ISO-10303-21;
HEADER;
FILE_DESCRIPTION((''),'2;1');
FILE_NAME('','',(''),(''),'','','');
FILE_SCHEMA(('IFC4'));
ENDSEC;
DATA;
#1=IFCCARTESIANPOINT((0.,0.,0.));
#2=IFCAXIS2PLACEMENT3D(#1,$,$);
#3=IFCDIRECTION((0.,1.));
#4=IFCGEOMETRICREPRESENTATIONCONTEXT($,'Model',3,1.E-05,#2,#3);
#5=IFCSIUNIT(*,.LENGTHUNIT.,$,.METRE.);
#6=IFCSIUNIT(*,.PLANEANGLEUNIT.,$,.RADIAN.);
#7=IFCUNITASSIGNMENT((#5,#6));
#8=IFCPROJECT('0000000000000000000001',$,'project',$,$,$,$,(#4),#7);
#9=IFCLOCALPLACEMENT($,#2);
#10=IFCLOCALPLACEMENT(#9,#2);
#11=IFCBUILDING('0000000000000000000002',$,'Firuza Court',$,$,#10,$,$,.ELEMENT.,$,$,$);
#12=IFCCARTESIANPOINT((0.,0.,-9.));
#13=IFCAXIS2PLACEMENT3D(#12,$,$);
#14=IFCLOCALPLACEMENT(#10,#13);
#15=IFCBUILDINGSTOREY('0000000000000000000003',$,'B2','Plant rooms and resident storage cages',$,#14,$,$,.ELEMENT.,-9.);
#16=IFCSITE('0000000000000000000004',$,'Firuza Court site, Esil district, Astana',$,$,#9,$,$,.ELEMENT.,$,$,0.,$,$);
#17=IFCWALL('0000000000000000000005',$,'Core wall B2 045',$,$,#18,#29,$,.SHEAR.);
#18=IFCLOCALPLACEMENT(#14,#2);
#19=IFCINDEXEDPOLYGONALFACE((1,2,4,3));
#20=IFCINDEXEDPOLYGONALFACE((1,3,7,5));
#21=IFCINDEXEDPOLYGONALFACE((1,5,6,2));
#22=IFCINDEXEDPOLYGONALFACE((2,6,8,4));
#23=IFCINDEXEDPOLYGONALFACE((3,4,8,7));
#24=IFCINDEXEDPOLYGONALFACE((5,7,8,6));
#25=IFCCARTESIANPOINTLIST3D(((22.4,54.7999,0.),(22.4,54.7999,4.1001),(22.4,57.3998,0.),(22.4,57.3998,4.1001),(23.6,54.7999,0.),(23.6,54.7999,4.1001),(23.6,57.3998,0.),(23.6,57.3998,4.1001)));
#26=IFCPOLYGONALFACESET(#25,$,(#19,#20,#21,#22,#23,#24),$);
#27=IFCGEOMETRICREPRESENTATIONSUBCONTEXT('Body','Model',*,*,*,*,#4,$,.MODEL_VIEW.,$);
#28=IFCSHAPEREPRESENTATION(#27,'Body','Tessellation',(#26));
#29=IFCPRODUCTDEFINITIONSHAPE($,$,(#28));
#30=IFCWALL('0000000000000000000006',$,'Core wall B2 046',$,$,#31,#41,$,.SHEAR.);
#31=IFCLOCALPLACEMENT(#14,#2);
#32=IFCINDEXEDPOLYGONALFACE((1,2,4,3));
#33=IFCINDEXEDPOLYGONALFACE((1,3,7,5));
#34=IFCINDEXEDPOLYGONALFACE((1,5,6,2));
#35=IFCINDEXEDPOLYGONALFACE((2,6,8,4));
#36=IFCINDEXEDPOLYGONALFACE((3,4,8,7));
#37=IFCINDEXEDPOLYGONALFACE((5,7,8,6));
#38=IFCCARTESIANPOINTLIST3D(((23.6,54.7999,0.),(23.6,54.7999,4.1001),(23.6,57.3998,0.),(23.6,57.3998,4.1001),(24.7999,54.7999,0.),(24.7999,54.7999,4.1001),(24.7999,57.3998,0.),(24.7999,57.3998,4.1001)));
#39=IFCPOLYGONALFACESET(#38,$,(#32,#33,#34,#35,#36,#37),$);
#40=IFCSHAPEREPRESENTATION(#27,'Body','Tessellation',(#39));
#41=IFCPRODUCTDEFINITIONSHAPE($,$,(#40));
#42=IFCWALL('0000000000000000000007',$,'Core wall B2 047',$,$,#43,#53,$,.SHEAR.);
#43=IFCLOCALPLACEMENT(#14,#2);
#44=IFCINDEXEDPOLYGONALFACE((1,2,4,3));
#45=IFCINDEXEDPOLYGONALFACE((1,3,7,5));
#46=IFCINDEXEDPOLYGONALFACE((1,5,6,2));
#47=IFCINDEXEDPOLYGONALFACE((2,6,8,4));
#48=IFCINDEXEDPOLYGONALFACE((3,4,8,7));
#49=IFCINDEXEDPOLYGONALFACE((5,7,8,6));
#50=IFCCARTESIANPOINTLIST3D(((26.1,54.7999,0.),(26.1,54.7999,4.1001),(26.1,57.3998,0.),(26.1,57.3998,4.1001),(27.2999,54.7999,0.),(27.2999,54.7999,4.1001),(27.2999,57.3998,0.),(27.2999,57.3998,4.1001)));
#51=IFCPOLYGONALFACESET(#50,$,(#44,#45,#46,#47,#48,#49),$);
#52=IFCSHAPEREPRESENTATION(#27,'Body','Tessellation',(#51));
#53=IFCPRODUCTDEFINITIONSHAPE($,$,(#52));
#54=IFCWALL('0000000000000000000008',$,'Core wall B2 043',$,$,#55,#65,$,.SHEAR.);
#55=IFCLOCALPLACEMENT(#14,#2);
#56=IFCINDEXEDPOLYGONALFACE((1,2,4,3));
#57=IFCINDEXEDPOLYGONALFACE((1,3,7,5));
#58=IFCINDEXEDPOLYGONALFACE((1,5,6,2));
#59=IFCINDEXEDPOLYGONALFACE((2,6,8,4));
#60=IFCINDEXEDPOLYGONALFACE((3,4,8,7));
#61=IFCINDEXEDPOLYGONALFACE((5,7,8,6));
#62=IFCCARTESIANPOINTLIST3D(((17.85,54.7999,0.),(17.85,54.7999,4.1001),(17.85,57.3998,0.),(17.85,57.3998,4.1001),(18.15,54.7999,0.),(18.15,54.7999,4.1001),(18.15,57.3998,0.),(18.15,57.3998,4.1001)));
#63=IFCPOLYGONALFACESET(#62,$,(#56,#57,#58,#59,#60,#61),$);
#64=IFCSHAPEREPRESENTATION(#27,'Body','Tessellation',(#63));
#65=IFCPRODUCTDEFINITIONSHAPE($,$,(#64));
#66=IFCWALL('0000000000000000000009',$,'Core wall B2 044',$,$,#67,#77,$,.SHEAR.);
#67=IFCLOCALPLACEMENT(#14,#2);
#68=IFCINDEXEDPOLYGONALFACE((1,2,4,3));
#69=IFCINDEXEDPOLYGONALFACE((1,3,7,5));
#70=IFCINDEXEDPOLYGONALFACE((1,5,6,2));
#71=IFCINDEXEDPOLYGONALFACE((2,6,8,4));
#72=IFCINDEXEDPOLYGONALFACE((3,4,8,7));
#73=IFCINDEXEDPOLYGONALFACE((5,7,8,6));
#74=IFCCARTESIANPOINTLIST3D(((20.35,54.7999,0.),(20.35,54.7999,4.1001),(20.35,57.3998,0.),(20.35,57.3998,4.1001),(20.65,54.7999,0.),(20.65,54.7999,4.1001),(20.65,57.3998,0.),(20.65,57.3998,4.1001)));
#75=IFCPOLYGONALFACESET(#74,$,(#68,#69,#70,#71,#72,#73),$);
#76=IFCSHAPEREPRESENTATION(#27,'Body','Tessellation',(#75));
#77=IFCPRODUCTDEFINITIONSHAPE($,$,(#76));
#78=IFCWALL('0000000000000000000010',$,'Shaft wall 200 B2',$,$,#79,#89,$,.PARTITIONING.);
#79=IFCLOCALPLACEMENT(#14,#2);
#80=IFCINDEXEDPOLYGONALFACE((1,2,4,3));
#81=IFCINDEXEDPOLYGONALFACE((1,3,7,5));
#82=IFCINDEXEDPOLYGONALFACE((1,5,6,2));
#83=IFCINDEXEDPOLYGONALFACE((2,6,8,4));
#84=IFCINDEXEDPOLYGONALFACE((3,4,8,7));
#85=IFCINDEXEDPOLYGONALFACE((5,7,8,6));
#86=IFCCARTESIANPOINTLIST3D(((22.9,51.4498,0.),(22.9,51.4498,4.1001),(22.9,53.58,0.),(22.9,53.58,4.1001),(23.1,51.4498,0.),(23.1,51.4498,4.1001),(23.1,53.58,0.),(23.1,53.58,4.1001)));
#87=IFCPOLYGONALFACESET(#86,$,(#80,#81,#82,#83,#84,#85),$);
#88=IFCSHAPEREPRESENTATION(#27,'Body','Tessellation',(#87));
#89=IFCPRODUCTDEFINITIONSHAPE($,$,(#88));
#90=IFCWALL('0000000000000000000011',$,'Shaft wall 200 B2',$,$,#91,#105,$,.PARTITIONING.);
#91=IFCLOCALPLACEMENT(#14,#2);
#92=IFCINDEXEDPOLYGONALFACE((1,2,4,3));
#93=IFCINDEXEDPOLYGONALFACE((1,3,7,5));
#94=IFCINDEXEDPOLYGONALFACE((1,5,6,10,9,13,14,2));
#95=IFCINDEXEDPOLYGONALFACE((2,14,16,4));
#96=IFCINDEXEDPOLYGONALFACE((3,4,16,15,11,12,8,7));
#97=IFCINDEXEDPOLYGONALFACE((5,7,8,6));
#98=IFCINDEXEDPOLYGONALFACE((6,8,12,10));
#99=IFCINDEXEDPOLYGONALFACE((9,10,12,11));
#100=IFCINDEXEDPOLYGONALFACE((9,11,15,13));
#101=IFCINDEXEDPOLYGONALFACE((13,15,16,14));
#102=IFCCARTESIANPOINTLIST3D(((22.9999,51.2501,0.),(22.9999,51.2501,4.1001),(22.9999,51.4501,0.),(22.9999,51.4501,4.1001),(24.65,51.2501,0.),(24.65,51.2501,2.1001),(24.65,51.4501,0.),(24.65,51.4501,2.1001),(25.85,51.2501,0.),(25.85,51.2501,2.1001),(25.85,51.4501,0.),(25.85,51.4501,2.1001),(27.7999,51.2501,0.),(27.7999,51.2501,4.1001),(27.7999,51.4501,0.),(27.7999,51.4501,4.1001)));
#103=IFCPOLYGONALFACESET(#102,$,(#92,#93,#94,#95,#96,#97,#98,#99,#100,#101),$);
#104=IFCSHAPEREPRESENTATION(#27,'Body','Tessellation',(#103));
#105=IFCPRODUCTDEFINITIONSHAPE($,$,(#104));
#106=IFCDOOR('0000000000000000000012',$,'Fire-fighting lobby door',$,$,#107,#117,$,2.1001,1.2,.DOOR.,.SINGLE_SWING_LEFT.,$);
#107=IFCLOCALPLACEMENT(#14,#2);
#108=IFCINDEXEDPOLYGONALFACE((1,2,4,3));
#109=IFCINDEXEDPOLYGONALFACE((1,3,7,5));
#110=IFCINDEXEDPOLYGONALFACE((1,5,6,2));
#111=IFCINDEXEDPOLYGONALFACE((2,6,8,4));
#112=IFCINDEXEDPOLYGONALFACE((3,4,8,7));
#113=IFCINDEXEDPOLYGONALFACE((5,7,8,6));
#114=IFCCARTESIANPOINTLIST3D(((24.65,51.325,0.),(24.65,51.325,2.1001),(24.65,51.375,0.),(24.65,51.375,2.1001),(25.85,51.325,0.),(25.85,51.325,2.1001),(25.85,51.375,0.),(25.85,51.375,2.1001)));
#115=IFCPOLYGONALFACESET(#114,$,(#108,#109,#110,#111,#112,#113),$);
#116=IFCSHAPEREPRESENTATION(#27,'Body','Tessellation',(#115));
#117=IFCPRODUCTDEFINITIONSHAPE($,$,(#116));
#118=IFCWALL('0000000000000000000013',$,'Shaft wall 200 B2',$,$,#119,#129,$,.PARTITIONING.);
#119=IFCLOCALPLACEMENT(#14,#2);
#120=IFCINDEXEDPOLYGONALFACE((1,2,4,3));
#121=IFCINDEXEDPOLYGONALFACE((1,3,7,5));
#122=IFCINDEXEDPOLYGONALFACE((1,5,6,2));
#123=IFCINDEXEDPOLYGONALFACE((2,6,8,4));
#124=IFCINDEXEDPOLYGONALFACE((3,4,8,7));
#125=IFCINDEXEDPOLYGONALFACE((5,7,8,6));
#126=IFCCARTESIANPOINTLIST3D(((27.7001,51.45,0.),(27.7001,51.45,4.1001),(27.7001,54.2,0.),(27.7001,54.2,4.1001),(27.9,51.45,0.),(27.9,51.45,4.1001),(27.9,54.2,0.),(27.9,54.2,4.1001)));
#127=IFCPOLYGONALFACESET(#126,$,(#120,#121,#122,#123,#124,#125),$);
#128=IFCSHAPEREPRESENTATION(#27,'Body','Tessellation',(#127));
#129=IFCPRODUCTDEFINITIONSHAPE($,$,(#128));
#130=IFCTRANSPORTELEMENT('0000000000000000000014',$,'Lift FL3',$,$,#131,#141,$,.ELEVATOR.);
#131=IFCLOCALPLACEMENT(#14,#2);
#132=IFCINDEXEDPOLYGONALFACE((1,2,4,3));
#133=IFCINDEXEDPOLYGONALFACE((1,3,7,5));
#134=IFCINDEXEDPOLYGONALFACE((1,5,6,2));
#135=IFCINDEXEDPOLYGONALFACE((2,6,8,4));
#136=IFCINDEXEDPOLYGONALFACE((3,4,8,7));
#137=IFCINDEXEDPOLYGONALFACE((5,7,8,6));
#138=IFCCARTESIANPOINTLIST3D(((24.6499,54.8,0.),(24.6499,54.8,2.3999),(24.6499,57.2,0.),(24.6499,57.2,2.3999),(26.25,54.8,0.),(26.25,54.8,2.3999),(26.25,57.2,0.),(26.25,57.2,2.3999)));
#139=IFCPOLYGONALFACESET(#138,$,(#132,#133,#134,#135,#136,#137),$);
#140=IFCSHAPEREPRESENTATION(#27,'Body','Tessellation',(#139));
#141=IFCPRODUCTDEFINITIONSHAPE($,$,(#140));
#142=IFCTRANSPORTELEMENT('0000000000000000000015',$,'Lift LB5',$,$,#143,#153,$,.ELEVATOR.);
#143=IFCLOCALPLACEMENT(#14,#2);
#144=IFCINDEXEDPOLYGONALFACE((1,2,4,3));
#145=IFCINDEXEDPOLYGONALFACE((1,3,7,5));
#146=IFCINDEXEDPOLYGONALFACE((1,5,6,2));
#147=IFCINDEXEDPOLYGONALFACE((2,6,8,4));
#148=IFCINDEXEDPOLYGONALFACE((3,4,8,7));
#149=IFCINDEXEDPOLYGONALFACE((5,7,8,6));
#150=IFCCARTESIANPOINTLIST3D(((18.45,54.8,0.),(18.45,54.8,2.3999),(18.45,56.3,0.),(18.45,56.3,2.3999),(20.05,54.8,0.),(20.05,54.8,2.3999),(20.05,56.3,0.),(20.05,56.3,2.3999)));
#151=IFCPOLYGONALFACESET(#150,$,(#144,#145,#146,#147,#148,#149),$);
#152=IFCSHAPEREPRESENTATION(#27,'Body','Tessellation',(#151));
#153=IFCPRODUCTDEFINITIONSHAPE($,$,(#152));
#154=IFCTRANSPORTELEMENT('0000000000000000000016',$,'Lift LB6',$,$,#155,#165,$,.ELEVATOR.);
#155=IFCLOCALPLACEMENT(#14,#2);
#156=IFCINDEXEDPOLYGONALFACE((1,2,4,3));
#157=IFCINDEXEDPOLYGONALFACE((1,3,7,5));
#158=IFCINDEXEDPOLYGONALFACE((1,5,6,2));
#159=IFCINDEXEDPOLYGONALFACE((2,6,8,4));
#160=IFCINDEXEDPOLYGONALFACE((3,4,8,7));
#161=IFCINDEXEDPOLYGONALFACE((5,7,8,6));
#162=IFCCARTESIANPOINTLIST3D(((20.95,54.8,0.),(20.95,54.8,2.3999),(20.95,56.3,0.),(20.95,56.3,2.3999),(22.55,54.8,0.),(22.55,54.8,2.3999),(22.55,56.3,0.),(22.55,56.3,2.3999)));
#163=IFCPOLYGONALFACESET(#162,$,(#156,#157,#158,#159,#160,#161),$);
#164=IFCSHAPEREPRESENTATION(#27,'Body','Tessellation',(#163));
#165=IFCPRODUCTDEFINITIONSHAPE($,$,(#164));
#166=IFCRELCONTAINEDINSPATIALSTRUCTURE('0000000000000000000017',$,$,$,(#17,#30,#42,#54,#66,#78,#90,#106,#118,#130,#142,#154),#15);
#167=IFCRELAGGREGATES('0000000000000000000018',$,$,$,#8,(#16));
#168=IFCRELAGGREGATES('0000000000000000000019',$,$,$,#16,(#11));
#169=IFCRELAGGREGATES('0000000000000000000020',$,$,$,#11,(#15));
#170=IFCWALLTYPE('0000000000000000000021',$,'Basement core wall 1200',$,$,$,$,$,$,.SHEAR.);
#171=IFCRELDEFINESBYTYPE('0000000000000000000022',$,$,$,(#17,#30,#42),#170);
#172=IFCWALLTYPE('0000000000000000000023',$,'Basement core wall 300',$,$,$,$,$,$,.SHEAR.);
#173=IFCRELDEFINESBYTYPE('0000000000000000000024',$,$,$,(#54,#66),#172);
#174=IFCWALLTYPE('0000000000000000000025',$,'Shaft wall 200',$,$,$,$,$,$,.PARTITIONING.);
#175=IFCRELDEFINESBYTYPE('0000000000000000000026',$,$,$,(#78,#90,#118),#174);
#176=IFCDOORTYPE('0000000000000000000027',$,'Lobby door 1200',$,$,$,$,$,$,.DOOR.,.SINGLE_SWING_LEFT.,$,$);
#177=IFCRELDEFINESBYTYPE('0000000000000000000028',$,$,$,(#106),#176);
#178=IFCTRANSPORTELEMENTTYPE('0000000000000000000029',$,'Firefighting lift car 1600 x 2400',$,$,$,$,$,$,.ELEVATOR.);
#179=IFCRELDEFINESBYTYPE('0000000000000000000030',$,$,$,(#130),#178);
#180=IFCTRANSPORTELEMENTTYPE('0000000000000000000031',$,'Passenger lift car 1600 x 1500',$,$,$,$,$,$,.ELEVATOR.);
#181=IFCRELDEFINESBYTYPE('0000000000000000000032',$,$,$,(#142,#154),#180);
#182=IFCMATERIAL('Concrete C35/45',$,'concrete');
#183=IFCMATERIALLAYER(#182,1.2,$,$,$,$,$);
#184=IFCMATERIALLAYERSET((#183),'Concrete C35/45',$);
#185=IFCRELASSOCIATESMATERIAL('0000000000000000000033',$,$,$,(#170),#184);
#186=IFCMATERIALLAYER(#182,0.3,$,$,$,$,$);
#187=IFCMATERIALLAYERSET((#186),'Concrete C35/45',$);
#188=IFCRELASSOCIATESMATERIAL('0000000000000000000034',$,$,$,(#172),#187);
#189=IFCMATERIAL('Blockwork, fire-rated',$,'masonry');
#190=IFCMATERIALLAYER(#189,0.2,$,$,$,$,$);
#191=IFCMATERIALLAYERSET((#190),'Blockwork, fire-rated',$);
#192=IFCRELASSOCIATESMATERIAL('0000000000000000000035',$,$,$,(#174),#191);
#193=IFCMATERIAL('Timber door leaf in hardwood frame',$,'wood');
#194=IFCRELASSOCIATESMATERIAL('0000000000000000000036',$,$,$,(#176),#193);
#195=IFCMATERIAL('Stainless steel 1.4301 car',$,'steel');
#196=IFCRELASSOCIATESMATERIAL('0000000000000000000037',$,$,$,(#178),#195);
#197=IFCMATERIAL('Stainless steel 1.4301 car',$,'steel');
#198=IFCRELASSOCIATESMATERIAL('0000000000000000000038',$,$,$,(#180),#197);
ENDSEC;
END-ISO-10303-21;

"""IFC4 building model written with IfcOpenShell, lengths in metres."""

from ifc_helpers import new_model, si_unit, direction, frame, frame_2d, origin, origin_2d, place, context, subcontext, project, spatial, rectangle, extrude, material, layer, layer_set, type_object, element, fill, save


model = new_model("IFC4")

# Units and contexts
model_context = context("Model", 3, precision=1e-05, world=origin(), true_north=direction((0.0, 1.0)))
body_context = subcontext(model_context, "Body", "Model", "MODEL_VIEW")
ifc_project = project(units=[si_unit("LENGTHUNIT", "METRE"), si_unit("PLANEANGLEUNIT", "RADIAN")], contexts=[model_context])

# Site, building, storey
site_placement = place(None, origin())
site = spatial("IfcSite", under=ifc_project, at=site_placement, Name="Firuza Court site, Esil district, Astana", CompositionType="ELEMENT", RefElevation=0.0)
building_placement = place(site_placement, origin())
building = spatial("IfcBuilding", under=site, at=building_placement, Name="Firuza Court", CompositionType="ELEMENT")
storey_placement = place(building_placement, frame((0.0, 0.0, -9.0)))
storey = spatial("IfcBuildingStorey", under=building, at=storey_placement, Name="B2", Description="Plant rooms and resident storage cages", CompositionType="ELEMENT", Elevation=-9.0)

# Shared definitions
ifc_material_1 = material(Name="Concrete C35/45", Category="concrete")
ifc_layer_1 = layer(ifc_material_1, 1.2)
ifc_layer_set_1 = layer_set([ifc_layer_1], Name="Concrete C35/45")
wall_type_1 = type_object("IfcWallType", Name="Basement core wall 1200", PredefinedType="SHEAR", material=ifc_layer_set_1)

# Walls
for number, where, z_axis, x_axis, name in (
    (1, (23.0, 54.8, 0.0), (0.0, 0.0, 1.0), (0.0, 1.0, 0.0), "Core wall B2 045"),
    (2, (24.2, 54.8, 0.0), (0.0, 0.0, 1.0), (0.0, 1.0, 0.0), "Core wall B2 046"),
    (3, (26.7, 54.8, 0.0), (0.0, 0.0, 1.0), (0.0, 1.0, 0.0), "Core wall B2 047"),
):
    element("IfcWall", number, at=place(storey_placement, frame(where, z_axis=z_axis, x_axis=x_axis)), inside=storey, type_object=wall_type_1, Name=name, PredefinedType="SHEAR", context=body_context, shape_type="SweptSolid", body=[
        extrude(rectangle(XDim=2.5999, YDim=1.2, at=frame_2d((1.2998, 0.0))), origin(), (0.0, 0.0, 1.0), 4.1001),
    ])
ifc_layer_2 = layer(ifc_material_1, 0.3)
ifc_layer_set_2 = layer_set([ifc_layer_2], Name="Concrete C35/45")
wall_type_2 = type_object("IfcWallType", Name="Basement core wall 300", PredefinedType="SHEAR", material=ifc_layer_set_2)
for number, where, z_axis, x_axis, name in (
    (4, (18.0, 54.8, 0.0), (0.0, 0.0, 1.0), (0.0, 1.0, 0.0), "Core wall B2 043"),
    (5, (20.5, 54.8, 0.0), (0.0, 0.0, 1.0), (0.0, 1.0, 0.0), "Core wall B2 044"),
):
    element("IfcWall", number, at=place(storey_placement, frame(where, z_axis=z_axis, x_axis=x_axis)), inside=storey, type_object=wall_type_2, Name=name, PredefinedType="SHEAR", context=body_context, shape_type="SweptSolid", body=[
        extrude(rectangle(XDim=2.5999, YDim=0.3, at=frame_2d((1.2998, 0.0))), origin(), (0.0, 0.0, 1.0), 4.1001),
    ])
ifc_material_2 = material(Name="Blockwork, fire-rated", Category="masonry")
ifc_layer_3 = layer(ifc_material_2, 0.2)
ifc_layer_set_3 = layer_set([ifc_layer_3], Name="Blockwork, fire-rated")
wall_type_3 = type_object("IfcWallType", Name="Shaft wall 200", PredefinedType="PARTITIONING", material=ifc_layer_set_3)
wall_1_placement = place(storey_placement, frame((23.0, 51.45, 0.0), z_axis=(0.0, 0.0, 1.0), x_axis=(0.0, 1.0, 0.0)))
element("IfcWall", 6, at=wall_1_placement, inside=storey, type_object=wall_type_3, Name="Shaft wall 200 B2", PredefinedType="PARTITIONING", context=body_context, shape_type="SweptSolid", body=[
    extrude(rectangle(XDim=2.1301, YDim=0.2, at=frame_2d((1.0649, 0.0))), origin(), (0.0, 0.0, 1.0), 4.1001),
])

# Wall, opening, door
wall_2_placement = place(storey_placement, frame((23.0, 51.3501, 0.0), z_axis=(0.0, 0.0, 1.0), x_axis=(1.0, 0.0, 0.0)))
wall_2 = element("IfcWall", 7, at=wall_2_placement, inside=storey, type_object=wall_type_3, Name="Shaft wall 200 B2", PredefinedType="PARTITIONING", context=body_context, shape_type="SweptSolid", body=[
    extrude(rectangle(XDim=4.8, YDim=0.2, at=frame_2d((2.3999, 0.0))), origin(), (0.0, 0.0, 1.0), 4.1001),
])
opening_1_placement = place(wall_2_placement, frame((1.6499, 0.0, 0.0)))
opening_1 = element("IfcOpeningElement", 8, at=opening_1_placement, cuts=wall_2, PredefinedType="OPENING", context=body_context, shape_type="SweptSolid", body=[
    extrude(rectangle(XDim=1.2, YDim=2.1001, at=frame_2d((0.6001, 1.05))), frame((0.0, 0.1118, 0.0), z_axis=(0.0, -1.0, 0.0), x_axis=(1.0, 0.0, 0.0)), (0.0, 0.0, 1.0), 0.2239),
])
ifc_material_3 = material(Name="Timber door leaf in hardwood frame", Category="wood")
door_type_1 = type_object("IfcDoorType", Name="Lobby door 1200", OperationType="SINGLE_SWING_LEFT", PredefinedType="DOOR", material=ifc_material_3)
door_1_placement = place(opening_1_placement, origin())
door_1 = element("IfcDoor", 9, at=door_1_placement, inside=storey, type_object=door_type_1, Name="Fire-fighting lobby door", OperationType="SINGLE_SWING_LEFT", OverallHeight=2.1001, OverallWidth=1.2, PredefinedType="DOOR", context=body_context, shape_type="SweptSolid", body=[
    extrude(rectangle(XDim=1.2, YDim=2.1001, at=frame_2d((0.6001, 1.05))), frame((0.0, 0.0249, 0.0), z_axis=(0.0, -1.0, 0.0), x_axis=(1.0, 0.0, 0.0)), (0.0, 0.0, 1.0), 0.05),
])
fill(opening_1, door_1)

# Wall
wall_3_placement = place(storey_placement, frame((27.8, 51.45, 0.0), z_axis=(0.0, 0.0, 1.0), x_axis=(0.0, 1.0, 0.0)))
element("IfcWall", 10, at=wall_3_placement, inside=storey, type_object=wall_type_3, Name="Shaft wall 200 B2", PredefinedType="PARTITIONING", context=body_context, shape_type="SweptSolid", body=[
    extrude(rectangle(XDim=2.75, YDim=0.2, at=frame_2d((1.375, 0.0))), origin(), (0.0, 0.0, 1.0), 4.1001),
])

# Transport elements
ifc_material_4 = material(Name="Stainless steel 1.4301 car", Category="steel")
transport_element_type_1 = type_object("IfcTransportElementType", Name="Firefighting lift car 1600 x 2400", PredefinedType="ELEVATOR", material=ifc_material_4)
transport_element_placement = place(storey_placement, frame((25.45, 56.0, 0.0), z_axis=(0.0, 0.0, 1.0), x_axis=(1.0, 0.0, 0.0)))
element("IfcTransportElement", 11, at=transport_element_placement, inside=storey, type_object=transport_element_type_1, Name="Lift FL3", PredefinedType="ELEVATOR", context=body_context, shape_type="SweptSolid", body=[
    extrude(rectangle(XDim=1.6001, YDim=2.3999, at=origin_2d()), origin(), (0.0, 0.0, 1.0), 2.3999),
])
ifc_material_5 = material(Name="Stainless steel 1.4301 car", Category="steel")
transport_element_type_2 = type_object("IfcTransportElementType", Name="Passenger lift car 1600 x 1500", PredefinedType="ELEVATOR", material=ifc_material_5)
for number, where, z_axis, x_axis, name in (
    (12, (19.25, 55.55, 0.0), (0.0, 0.0, 1.0), (1.0, 0.0, 0.0), "Lift LB5"),
    (13, (21.75, 55.55, 0.0), (0.0, 0.0, 1.0), (1.0, 0.0, 0.0), "Lift LB6"),
):
    element("IfcTransportElement", number, at=place(storey_placement, frame(where, z_axis=z_axis, x_axis=x_axis)), inside=storey, type_object=transport_element_type_2, Name=name, PredefinedType="ELEVATOR", context=body_context, shape_type="SweptSolid", body=[
        extrude(rectangle(XDim=1.6001, YDim=1.5, at=origin_2d()), origin(), (0.0, 0.0, 1.0), 2.3999),
    ])

save(model, "model.ifc")
